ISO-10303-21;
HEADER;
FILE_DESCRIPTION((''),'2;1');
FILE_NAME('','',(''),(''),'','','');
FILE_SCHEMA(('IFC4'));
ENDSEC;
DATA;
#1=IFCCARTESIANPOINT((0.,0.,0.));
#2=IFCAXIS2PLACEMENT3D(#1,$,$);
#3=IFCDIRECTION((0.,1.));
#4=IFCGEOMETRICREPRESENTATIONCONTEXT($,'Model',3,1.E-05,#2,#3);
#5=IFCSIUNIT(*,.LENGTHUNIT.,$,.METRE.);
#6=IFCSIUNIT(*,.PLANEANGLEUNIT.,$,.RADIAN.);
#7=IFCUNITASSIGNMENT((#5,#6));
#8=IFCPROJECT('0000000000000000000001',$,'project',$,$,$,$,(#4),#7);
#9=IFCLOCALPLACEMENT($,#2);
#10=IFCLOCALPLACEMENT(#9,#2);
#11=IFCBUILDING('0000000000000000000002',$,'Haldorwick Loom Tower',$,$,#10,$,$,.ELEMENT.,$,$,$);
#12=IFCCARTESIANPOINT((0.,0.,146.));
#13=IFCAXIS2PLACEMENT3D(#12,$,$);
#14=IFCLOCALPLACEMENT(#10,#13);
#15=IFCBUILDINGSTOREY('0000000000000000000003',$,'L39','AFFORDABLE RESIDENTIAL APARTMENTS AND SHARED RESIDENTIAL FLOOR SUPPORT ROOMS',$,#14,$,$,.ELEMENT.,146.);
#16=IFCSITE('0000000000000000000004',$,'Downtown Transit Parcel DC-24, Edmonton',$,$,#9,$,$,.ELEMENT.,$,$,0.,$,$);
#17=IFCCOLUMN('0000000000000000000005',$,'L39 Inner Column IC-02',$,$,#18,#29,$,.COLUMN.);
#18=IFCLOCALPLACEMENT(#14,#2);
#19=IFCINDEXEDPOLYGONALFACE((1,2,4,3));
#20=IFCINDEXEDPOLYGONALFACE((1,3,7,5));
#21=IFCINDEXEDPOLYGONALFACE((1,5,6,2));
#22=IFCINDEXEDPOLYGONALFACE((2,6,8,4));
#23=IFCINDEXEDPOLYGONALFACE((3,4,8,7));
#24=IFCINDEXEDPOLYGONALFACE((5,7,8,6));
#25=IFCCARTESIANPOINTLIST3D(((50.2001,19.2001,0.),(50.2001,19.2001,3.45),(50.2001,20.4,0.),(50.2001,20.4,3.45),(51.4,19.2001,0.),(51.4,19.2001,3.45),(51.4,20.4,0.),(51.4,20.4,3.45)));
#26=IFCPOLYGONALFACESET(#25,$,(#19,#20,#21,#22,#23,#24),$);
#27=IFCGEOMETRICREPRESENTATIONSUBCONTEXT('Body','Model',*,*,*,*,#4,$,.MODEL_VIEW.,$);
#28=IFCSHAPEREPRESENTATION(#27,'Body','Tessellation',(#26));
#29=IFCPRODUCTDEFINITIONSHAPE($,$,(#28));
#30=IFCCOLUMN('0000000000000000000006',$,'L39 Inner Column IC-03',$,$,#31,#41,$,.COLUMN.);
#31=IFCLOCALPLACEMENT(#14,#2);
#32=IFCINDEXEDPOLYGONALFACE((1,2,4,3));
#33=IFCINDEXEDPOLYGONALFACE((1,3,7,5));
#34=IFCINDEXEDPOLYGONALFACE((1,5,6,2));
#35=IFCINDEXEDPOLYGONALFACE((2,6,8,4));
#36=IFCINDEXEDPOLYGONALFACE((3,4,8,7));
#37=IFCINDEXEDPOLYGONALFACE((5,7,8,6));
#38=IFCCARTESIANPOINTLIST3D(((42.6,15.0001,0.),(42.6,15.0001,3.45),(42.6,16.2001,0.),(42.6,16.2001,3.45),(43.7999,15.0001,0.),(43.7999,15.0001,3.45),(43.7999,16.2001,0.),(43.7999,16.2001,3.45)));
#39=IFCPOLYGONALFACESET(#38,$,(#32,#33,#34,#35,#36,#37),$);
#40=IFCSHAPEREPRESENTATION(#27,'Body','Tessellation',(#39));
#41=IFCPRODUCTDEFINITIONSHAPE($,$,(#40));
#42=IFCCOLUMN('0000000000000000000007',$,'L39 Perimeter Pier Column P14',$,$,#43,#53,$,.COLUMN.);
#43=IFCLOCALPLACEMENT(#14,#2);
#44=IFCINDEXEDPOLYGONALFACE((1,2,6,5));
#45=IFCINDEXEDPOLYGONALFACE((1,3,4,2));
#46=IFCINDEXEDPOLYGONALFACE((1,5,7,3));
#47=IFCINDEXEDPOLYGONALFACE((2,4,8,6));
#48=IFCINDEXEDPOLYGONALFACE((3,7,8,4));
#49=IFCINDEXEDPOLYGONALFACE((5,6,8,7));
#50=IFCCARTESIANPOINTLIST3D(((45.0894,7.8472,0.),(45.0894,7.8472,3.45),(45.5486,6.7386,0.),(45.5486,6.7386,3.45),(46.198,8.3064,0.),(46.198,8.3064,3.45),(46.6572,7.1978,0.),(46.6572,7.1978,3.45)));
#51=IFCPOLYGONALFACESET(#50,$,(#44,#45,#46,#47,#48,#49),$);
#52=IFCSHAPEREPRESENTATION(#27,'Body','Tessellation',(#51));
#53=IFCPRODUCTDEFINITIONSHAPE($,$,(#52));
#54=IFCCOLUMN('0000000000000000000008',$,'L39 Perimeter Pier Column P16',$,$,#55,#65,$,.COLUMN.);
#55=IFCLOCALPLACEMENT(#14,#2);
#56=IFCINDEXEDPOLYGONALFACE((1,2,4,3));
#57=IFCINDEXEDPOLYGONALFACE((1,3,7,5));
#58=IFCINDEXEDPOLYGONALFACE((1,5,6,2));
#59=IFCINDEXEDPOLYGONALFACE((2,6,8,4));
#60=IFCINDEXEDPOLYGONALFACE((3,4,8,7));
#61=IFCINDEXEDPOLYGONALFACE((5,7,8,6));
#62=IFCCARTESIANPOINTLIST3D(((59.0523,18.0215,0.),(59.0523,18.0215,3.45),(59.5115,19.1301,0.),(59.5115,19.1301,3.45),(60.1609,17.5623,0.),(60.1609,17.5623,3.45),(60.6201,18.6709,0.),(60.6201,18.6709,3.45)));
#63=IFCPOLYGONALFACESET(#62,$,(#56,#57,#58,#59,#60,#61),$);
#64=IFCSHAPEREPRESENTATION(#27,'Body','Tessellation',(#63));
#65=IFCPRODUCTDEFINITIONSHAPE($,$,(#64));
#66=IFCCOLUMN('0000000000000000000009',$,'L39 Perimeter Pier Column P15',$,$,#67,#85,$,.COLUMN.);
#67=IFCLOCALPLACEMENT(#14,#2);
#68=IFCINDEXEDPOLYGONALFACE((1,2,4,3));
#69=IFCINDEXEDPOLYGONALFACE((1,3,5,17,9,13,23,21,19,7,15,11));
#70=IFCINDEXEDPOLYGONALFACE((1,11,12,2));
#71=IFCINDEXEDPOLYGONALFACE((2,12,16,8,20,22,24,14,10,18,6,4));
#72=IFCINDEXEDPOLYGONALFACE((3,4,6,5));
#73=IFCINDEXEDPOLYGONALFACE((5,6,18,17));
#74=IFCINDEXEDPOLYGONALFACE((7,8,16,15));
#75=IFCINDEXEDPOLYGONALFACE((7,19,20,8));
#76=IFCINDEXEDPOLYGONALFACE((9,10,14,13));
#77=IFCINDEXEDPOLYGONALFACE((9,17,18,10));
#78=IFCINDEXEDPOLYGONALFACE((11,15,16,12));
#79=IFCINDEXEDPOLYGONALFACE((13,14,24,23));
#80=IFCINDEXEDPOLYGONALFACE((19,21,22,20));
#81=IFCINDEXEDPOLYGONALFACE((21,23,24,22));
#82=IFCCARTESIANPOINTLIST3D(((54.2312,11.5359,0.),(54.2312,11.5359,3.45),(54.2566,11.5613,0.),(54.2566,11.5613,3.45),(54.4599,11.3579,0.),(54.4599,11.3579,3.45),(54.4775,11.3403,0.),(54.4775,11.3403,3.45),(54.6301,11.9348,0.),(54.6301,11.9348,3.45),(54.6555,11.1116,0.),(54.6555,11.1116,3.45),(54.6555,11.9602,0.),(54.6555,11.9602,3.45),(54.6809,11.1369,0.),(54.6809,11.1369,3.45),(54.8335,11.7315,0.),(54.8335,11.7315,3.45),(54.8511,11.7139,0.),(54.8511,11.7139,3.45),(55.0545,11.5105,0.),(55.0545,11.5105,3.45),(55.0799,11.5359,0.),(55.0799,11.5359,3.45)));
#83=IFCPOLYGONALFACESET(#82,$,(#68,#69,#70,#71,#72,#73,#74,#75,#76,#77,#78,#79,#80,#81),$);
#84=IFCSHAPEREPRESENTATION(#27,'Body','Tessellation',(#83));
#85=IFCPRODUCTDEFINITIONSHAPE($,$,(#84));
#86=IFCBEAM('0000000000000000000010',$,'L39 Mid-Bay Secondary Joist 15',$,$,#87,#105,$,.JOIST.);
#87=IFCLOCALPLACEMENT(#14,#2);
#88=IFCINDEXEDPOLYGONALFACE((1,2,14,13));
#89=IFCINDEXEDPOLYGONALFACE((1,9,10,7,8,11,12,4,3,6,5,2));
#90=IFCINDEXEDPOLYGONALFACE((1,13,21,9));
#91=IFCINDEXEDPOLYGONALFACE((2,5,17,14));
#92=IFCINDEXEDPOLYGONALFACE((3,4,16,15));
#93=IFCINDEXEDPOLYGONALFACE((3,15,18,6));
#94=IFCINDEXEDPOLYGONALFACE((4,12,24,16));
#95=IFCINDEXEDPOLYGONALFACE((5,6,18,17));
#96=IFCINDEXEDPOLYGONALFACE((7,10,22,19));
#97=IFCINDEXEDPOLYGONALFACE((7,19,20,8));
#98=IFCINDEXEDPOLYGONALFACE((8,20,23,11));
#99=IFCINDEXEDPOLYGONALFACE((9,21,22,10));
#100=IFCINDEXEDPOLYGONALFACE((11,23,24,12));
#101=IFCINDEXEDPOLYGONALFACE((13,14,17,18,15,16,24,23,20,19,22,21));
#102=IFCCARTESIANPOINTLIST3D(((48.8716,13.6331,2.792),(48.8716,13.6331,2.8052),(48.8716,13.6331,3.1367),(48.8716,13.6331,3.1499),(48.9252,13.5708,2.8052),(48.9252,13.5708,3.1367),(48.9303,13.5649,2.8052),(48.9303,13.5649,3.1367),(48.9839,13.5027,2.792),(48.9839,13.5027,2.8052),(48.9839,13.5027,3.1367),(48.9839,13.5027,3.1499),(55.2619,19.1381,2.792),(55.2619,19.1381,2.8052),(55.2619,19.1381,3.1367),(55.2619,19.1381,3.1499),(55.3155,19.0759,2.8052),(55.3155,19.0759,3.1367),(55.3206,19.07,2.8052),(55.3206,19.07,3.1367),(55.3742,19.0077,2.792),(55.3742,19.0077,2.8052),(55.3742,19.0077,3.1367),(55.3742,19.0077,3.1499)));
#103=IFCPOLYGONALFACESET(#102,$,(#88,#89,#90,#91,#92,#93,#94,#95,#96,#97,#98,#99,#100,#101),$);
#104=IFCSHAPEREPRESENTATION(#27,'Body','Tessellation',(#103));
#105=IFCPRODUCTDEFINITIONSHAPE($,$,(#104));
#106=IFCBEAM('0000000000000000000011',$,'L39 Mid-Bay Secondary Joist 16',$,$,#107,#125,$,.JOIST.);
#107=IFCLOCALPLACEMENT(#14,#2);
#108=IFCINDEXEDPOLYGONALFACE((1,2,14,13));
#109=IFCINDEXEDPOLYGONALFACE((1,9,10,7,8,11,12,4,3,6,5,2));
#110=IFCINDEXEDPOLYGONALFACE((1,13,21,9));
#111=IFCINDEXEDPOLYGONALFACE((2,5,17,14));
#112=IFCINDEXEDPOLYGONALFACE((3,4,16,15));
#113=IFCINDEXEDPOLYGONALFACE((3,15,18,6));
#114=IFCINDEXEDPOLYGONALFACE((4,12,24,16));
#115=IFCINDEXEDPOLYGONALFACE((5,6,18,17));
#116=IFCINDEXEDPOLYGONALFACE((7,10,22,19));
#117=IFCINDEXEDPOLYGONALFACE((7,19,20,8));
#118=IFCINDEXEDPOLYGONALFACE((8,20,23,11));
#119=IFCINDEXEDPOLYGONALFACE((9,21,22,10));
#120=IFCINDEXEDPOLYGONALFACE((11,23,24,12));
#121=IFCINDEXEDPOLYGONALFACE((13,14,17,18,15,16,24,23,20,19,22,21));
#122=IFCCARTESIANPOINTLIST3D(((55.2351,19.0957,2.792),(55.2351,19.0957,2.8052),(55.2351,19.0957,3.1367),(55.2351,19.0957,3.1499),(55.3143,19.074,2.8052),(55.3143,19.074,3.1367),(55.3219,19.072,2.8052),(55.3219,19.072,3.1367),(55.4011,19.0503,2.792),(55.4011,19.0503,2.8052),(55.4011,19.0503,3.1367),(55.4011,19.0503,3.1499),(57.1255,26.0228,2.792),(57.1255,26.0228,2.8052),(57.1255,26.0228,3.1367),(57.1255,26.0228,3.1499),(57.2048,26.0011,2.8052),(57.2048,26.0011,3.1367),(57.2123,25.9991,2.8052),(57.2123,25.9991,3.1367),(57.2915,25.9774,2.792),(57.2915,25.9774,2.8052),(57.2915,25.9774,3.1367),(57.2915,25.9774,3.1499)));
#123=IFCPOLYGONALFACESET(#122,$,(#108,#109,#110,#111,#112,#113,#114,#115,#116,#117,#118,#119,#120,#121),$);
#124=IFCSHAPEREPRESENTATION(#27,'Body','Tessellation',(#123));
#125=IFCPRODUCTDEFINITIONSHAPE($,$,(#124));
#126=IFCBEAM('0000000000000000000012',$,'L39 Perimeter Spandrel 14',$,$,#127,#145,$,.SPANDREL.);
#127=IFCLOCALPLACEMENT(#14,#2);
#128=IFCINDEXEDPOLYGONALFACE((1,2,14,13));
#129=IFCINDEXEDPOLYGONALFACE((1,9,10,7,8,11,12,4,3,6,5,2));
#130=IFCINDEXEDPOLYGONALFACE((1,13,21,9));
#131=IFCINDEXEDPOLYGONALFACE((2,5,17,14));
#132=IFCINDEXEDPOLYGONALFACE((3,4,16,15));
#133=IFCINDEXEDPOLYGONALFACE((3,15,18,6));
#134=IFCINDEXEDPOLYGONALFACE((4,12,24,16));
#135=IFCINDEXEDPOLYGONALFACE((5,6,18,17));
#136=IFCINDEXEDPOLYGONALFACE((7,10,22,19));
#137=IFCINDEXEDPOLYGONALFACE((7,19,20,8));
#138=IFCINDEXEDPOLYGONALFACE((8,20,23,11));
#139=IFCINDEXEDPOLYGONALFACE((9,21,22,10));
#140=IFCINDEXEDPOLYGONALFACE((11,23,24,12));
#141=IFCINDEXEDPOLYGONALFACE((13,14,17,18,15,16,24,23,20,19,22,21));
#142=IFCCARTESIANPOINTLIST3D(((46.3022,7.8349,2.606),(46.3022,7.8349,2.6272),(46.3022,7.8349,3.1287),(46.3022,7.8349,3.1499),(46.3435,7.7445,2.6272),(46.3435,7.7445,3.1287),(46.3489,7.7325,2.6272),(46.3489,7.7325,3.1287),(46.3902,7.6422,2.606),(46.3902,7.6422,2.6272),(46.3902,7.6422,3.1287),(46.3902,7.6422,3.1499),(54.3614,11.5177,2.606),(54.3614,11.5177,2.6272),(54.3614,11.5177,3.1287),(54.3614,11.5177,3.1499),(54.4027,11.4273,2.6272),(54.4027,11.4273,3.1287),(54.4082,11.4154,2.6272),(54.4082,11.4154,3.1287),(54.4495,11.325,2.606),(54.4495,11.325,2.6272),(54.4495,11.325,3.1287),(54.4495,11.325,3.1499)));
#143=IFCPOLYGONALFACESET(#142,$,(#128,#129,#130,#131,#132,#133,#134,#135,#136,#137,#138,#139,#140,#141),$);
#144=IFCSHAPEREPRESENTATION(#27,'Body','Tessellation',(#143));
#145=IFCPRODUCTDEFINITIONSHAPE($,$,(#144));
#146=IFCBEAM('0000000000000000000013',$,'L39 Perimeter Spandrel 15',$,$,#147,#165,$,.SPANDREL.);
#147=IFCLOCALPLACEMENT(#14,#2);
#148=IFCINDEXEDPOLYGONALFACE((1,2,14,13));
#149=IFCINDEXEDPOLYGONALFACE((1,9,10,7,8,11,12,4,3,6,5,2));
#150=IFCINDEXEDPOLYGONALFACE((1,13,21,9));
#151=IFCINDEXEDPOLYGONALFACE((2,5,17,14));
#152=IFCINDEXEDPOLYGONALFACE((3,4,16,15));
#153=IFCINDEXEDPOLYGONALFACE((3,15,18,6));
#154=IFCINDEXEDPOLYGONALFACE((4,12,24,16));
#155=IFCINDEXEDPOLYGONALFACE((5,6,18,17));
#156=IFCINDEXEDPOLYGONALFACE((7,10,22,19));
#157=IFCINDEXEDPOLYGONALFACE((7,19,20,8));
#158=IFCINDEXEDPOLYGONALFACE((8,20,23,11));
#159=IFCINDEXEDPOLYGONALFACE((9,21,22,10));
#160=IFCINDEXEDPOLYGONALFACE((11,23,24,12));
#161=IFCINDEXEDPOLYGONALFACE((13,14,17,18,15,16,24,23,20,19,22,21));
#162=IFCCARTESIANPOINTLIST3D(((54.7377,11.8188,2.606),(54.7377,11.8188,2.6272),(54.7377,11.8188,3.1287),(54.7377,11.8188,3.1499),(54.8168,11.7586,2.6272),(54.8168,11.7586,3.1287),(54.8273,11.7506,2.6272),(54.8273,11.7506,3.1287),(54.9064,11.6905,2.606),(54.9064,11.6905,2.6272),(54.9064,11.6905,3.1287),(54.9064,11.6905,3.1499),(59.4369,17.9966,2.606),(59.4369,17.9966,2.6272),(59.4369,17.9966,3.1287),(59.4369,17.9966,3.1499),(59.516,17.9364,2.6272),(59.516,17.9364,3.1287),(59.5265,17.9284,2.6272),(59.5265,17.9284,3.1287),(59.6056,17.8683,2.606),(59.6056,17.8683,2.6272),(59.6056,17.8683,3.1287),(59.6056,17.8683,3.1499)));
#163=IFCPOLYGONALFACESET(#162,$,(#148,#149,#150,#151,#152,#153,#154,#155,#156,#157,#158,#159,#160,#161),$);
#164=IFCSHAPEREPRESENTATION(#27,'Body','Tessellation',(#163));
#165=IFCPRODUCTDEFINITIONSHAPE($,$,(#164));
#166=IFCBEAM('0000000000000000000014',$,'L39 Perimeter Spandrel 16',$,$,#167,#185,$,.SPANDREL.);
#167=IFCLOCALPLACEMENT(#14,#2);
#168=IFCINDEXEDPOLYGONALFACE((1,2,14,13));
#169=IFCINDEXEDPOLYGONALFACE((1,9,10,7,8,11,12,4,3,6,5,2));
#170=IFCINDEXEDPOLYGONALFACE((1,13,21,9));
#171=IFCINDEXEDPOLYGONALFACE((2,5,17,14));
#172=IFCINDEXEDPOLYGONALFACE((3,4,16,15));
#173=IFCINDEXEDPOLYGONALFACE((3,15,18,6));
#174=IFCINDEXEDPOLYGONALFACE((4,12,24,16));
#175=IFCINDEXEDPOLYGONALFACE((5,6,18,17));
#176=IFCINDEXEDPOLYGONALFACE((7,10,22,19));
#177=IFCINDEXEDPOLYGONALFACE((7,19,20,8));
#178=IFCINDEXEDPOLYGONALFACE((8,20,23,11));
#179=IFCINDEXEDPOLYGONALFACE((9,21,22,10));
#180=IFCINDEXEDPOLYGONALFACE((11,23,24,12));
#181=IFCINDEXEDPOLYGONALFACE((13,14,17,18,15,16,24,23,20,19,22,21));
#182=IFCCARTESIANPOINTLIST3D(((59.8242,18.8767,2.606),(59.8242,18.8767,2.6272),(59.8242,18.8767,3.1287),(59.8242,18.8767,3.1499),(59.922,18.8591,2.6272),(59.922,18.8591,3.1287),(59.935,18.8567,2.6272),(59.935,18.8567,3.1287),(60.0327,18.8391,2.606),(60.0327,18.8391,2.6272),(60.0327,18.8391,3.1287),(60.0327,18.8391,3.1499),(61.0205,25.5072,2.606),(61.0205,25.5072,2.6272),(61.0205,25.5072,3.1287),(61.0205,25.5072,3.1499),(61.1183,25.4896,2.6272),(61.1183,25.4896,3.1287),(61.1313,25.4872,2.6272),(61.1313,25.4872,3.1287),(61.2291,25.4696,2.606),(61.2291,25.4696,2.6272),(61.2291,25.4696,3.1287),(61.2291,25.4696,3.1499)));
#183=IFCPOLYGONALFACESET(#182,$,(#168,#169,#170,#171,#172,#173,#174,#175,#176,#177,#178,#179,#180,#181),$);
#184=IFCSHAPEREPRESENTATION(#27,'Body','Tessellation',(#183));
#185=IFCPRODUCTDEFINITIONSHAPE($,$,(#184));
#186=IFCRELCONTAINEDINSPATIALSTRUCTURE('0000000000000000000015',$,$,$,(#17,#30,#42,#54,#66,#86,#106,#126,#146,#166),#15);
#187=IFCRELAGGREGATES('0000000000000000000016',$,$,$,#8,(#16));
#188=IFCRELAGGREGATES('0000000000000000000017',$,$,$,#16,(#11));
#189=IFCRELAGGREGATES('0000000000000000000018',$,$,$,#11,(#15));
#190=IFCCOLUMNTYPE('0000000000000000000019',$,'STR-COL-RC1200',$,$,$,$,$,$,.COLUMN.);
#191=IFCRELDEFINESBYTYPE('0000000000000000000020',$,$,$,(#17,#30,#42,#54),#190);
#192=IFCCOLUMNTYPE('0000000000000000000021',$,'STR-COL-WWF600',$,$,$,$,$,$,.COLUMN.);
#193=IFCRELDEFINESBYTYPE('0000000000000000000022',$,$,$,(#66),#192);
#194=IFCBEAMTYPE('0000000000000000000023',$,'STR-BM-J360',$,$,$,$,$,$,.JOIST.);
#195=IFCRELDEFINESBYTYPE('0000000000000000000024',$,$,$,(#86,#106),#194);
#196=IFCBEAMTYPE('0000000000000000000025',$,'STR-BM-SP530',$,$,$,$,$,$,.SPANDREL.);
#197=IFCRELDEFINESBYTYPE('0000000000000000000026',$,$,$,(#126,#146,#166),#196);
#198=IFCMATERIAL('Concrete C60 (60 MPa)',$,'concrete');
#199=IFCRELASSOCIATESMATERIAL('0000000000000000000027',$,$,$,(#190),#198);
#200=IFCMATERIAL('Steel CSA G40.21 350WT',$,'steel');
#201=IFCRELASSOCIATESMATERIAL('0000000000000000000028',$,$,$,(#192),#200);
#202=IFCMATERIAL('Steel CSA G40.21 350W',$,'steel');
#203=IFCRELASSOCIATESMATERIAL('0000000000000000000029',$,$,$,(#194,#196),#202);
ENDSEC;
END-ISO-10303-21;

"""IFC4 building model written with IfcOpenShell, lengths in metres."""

from ifc_helpers import new_model, si_unit, direction, frame, origin, origin_2d, place, context, subcontext, project, spatial, rectangle, i_section, extrude, material, material_profile, profile_set, type_object, element, save


model = new_model("IFC4")

# Units and contexts
model_context = context("Model", 3, precision=1e-05, world=origin(), true_north=direction((0.0, 1.0)))
body_context = subcontext(model_context, "Body", "Model", "MODEL_VIEW")
ifc_project = project(units=[si_unit("LENGTHUNIT", "METRE"), si_unit("PLANEANGLEUNIT", "RADIAN")], contexts=[model_context])

# Site, building, storey
site_placement = place(None, origin())
site = spatial("IfcSite", under=ifc_project, at=site_placement, Name="Downtown Transit Parcel DC-24, Edmonton", CompositionType="ELEMENT", RefElevation=0.0)
building_placement = place(site_placement, origin())
building = spatial("IfcBuilding", under=site, at=building_placement, Name="Haldorwick Loom Tower", CompositionType="ELEMENT")
storey_placement = place(building_placement, frame((0.0, 0.0, 146.0)))
storey = spatial("IfcBuildingStorey", under=building, at=storey_placement, Name="L39", Description="AFFORDABLE RESIDENTIAL APARTMENTS AND SHARED RESIDENTIAL FLOOR SUPPORT ROOMS", CompositionType="ELEMENT", Elevation=146.0)

# Columns
ifc_material_1 = material(Name="Concrete C60 (60 MPa)", Category="concrete")
ifc_material_profile_1 = material_profile(ifc_material_1, rectangle(XDim=1.2, YDim=1.2, at=origin_2d()), Name="RC1200X1200", Category="concrete")
ifc_profile_set_1 = profile_set([ifc_material_profile_1], Name="Concrete C60 (60 MPa)")
column_type_1 = type_object("IfcColumnType", Name="STR-COL-RC1200", PredefinedType="COLUMN", material=ifc_profile_set_1)
for number, where, z_axis, x_axis, name in (
    (1, (50.8, 19.8, 0.0), (0.0, 0.0, 1.0), (1.0, 0.0, 0.0), "L39 Inner Column IC-02"),
    (2, (43.2, 15.6001, 0.0), (0.0, 0.0, 1.0), (1.0, 0.0, 0.0), "L39 Inner Column IC-03"),
    (3, (45.8733, 7.5225, 0.0), (0.0, 0.0, 1.0), (0.382683, -0.92388, 0.0), "L39 Perimeter Pier Column P14"),
    (4, (59.8362, 18.3462, 0.0), (0.0, 0.0, 1.0), (0.92388, -0.382683, 0.0), "L39 Perimeter Pier Column P16"),
):
    element("IfcColumn", number, at=place(storey_placement, frame(where, z_axis=z_axis, x_axis=x_axis)), inside=storey, type_object=column_type_1, Name=name, PredefinedType="COLUMN", context=body_context, shape_type="SweptSolid", body=[
        extrude(rectangle(XDim=1.2, YDim=1.2, at=origin_2d()), origin(), (0.0, 0.0, 1.0), 3.45),
    ])
ifc_material_2 = material(Name="Steel CSA G40.21 350WT", Category="steel")
ifc_material_profile_2 = material_profile(ifc_material_2, i_section(OverallWidth=0.6001, OverallDepth=0.6001, WebThickness=0.0249, FlangeThickness=0.0359, at=origin_2d()), Name="WWF600X600", Category="steel")
ifc_profile_set_2 = profile_set([ifc_material_profile_2], Name="Steel CSA G40.21 350WT")
column_type_2 = type_object("IfcColumnType", Name="STR-COL-WWF600", PredefinedType="COLUMN", material=ifc_profile_set_2)
column_placement = place(storey_placement, frame((54.6555, 11.5359, 0.0), z_axis=(0.0, 0.0, 1.0), x_axis=(0.707107, -0.707107, 0.0)))
element("IfcColumn", 5, at=column_placement, inside=storey, type_object=column_type_2, Name="L39 Perimeter Pier Column P15", PredefinedType="COLUMN", context=body_context, shape_type="SweptSolid", body=[
    extrude(i_section(OverallWidth=0.6001, OverallDepth=0.6001, WebThickness=0.0249, FlangeThickness=0.0359, at=origin_2d()), origin(), (0.0, 0.0, 1.0), 3.45),
])

# Beams
ifc_material_3 = material(Name="Steel CSA G40.21 350W", Category="steel")
ifc_material_profile_3 = material_profile(ifc_material_3, i_section(OverallWidth=0.1721, OverallDepth=0.3579, WebThickness=0.0078, FlangeThickness=0.0132, at=origin_2d()), Name="W360X57", Category="steel")
ifc_profile_set_3 = profile_set([ifc_material_profile_3], Name="Steel CSA G40.21 350W")
beam_type_1 = type_object("IfcBeamType", Name="STR-BM-J360", PredefinedType="JOIST", material=ifc_profile_set_3)
beam_1_placement = place(storey_placement, frame((48.9277, 13.5679, 2.9709), z_axis=(0.757634, 0.65268, 0.0), x_axis=(-0.65268, 0.757634, 0.0)))
element("IfcBeam", 6, at=beam_1_placement, inside=storey, type_object=beam_type_1, Name="L39 Mid-Bay Secondary Joist 15", PredefinedType="JOIST", context=body_context, shape_type="SweptSolid", body=[
    extrude(i_section(OverallWidth=0.1721, OverallDepth=0.3579, WebThickness=0.0078, FlangeThickness=0.0132, at=origin_2d()), origin(), (0.0, 0.0, 1.0), 8.4346),
])
beam_2_placement = place(storey_placement, frame((55.3181, 19.073, 2.9709), z_axis=(0.263273, 0.964721, 0.0), x_axis=(-0.964721, 0.263273, 0.0)))
element("IfcBeam", 7, at=beam_2_placement, inside=storey, type_object=beam_type_1, Name="L39 Mid-Bay Secondary Joist 16", PredefinedType="JOIST", context=body_context, shape_type="SweptSolid", body=[
    extrude(i_section(OverallWidth=0.1721, OverallDepth=0.3579, WebThickness=0.0078, FlangeThickness=0.0132, at=origin_2d()), origin(), (0.0, 0.0, 1.0), 7.1804),
])
ifc_material_profile_4 = material_profile(ifc_material_3, i_section(OverallWidth=0.2119, OverallDepth=0.5439, WebThickness=0.0132, FlangeThickness=0.0212, at=origin_2d()), Name="W530X123", Category="steel")
ifc_profile_set_4 = profile_set([ifc_material_profile_4], Name="Steel CSA G40.21 350W")
beam_type_2 = type_object("IfcBeamType", Name="STR-BM-SP530", PredefinedType="SPANDREL", material=ifc_profile_set_4)
beam_3_placement = place(storey_placement, frame((46.3462, 7.7385, 2.8779), z_axis=(0.909534, 0.415629, 0.0), x_axis=(-0.415629, 0.909534, 0.0)))
element("IfcBeam", 8, at=beam_3_placement, inside=storey, type_object=beam_type_2, Name="L39 Perimeter Spandrel 14", PredefinedType="SPANDREL", context=body_context, shape_type="SweptSolid", body=[
    extrude(i_section(OverallWidth=0.2119, OverallDepth=0.5439, WebThickness=0.0132, FlangeThickness=0.0212, at=origin_2d()), origin(), (0.0, 0.0, 1.0), 8.8608),
])
beam_4_placement = place(storey_placement, frame((54.822, 11.7546, 2.8779), z_axis=(0.605421, 0.795905, 0.0), x_axis=(-0.795905, 0.605421, 0.0)))
element("IfcBeam", 9, at=beam_4_placement, inside=storey, type_object=beam_type_2, Name="L39 Perimeter Spandrel 15", PredefinedType="SPANDREL", context=body_context, shape_type="SweptSolid", body=[
    extrude(i_section(OverallWidth=0.2119, OverallDepth=0.5439, WebThickness=0.0132, FlangeThickness=0.0212, at=origin_2d()), origin(), (0.0, 0.0, 1.0), 7.762),
])
beam_5_placement = place(storey_placement, frame((59.9285, 18.8579, 2.8779), z_axis=(0.177559, 0.98411, 0.0), x_axis=(-0.98411, 0.177559, 0.0)))
element("IfcBeam", 10, at=beam_5_placement, inside=storey, type_object=beam_type_2, Name="L39 Perimeter Spandrel 16", PredefinedType="SPANDREL", context=body_context, shape_type="SweptSolid", body=[
    extrude(i_section(OverallWidth=0.2119, OverallDepth=0.5439, WebThickness=0.0132, FlangeThickness=0.0212, at=origin_2d()), origin(), (0.0, 0.0, 1.0), 6.7375),
])

save(model, "model.ifc")
